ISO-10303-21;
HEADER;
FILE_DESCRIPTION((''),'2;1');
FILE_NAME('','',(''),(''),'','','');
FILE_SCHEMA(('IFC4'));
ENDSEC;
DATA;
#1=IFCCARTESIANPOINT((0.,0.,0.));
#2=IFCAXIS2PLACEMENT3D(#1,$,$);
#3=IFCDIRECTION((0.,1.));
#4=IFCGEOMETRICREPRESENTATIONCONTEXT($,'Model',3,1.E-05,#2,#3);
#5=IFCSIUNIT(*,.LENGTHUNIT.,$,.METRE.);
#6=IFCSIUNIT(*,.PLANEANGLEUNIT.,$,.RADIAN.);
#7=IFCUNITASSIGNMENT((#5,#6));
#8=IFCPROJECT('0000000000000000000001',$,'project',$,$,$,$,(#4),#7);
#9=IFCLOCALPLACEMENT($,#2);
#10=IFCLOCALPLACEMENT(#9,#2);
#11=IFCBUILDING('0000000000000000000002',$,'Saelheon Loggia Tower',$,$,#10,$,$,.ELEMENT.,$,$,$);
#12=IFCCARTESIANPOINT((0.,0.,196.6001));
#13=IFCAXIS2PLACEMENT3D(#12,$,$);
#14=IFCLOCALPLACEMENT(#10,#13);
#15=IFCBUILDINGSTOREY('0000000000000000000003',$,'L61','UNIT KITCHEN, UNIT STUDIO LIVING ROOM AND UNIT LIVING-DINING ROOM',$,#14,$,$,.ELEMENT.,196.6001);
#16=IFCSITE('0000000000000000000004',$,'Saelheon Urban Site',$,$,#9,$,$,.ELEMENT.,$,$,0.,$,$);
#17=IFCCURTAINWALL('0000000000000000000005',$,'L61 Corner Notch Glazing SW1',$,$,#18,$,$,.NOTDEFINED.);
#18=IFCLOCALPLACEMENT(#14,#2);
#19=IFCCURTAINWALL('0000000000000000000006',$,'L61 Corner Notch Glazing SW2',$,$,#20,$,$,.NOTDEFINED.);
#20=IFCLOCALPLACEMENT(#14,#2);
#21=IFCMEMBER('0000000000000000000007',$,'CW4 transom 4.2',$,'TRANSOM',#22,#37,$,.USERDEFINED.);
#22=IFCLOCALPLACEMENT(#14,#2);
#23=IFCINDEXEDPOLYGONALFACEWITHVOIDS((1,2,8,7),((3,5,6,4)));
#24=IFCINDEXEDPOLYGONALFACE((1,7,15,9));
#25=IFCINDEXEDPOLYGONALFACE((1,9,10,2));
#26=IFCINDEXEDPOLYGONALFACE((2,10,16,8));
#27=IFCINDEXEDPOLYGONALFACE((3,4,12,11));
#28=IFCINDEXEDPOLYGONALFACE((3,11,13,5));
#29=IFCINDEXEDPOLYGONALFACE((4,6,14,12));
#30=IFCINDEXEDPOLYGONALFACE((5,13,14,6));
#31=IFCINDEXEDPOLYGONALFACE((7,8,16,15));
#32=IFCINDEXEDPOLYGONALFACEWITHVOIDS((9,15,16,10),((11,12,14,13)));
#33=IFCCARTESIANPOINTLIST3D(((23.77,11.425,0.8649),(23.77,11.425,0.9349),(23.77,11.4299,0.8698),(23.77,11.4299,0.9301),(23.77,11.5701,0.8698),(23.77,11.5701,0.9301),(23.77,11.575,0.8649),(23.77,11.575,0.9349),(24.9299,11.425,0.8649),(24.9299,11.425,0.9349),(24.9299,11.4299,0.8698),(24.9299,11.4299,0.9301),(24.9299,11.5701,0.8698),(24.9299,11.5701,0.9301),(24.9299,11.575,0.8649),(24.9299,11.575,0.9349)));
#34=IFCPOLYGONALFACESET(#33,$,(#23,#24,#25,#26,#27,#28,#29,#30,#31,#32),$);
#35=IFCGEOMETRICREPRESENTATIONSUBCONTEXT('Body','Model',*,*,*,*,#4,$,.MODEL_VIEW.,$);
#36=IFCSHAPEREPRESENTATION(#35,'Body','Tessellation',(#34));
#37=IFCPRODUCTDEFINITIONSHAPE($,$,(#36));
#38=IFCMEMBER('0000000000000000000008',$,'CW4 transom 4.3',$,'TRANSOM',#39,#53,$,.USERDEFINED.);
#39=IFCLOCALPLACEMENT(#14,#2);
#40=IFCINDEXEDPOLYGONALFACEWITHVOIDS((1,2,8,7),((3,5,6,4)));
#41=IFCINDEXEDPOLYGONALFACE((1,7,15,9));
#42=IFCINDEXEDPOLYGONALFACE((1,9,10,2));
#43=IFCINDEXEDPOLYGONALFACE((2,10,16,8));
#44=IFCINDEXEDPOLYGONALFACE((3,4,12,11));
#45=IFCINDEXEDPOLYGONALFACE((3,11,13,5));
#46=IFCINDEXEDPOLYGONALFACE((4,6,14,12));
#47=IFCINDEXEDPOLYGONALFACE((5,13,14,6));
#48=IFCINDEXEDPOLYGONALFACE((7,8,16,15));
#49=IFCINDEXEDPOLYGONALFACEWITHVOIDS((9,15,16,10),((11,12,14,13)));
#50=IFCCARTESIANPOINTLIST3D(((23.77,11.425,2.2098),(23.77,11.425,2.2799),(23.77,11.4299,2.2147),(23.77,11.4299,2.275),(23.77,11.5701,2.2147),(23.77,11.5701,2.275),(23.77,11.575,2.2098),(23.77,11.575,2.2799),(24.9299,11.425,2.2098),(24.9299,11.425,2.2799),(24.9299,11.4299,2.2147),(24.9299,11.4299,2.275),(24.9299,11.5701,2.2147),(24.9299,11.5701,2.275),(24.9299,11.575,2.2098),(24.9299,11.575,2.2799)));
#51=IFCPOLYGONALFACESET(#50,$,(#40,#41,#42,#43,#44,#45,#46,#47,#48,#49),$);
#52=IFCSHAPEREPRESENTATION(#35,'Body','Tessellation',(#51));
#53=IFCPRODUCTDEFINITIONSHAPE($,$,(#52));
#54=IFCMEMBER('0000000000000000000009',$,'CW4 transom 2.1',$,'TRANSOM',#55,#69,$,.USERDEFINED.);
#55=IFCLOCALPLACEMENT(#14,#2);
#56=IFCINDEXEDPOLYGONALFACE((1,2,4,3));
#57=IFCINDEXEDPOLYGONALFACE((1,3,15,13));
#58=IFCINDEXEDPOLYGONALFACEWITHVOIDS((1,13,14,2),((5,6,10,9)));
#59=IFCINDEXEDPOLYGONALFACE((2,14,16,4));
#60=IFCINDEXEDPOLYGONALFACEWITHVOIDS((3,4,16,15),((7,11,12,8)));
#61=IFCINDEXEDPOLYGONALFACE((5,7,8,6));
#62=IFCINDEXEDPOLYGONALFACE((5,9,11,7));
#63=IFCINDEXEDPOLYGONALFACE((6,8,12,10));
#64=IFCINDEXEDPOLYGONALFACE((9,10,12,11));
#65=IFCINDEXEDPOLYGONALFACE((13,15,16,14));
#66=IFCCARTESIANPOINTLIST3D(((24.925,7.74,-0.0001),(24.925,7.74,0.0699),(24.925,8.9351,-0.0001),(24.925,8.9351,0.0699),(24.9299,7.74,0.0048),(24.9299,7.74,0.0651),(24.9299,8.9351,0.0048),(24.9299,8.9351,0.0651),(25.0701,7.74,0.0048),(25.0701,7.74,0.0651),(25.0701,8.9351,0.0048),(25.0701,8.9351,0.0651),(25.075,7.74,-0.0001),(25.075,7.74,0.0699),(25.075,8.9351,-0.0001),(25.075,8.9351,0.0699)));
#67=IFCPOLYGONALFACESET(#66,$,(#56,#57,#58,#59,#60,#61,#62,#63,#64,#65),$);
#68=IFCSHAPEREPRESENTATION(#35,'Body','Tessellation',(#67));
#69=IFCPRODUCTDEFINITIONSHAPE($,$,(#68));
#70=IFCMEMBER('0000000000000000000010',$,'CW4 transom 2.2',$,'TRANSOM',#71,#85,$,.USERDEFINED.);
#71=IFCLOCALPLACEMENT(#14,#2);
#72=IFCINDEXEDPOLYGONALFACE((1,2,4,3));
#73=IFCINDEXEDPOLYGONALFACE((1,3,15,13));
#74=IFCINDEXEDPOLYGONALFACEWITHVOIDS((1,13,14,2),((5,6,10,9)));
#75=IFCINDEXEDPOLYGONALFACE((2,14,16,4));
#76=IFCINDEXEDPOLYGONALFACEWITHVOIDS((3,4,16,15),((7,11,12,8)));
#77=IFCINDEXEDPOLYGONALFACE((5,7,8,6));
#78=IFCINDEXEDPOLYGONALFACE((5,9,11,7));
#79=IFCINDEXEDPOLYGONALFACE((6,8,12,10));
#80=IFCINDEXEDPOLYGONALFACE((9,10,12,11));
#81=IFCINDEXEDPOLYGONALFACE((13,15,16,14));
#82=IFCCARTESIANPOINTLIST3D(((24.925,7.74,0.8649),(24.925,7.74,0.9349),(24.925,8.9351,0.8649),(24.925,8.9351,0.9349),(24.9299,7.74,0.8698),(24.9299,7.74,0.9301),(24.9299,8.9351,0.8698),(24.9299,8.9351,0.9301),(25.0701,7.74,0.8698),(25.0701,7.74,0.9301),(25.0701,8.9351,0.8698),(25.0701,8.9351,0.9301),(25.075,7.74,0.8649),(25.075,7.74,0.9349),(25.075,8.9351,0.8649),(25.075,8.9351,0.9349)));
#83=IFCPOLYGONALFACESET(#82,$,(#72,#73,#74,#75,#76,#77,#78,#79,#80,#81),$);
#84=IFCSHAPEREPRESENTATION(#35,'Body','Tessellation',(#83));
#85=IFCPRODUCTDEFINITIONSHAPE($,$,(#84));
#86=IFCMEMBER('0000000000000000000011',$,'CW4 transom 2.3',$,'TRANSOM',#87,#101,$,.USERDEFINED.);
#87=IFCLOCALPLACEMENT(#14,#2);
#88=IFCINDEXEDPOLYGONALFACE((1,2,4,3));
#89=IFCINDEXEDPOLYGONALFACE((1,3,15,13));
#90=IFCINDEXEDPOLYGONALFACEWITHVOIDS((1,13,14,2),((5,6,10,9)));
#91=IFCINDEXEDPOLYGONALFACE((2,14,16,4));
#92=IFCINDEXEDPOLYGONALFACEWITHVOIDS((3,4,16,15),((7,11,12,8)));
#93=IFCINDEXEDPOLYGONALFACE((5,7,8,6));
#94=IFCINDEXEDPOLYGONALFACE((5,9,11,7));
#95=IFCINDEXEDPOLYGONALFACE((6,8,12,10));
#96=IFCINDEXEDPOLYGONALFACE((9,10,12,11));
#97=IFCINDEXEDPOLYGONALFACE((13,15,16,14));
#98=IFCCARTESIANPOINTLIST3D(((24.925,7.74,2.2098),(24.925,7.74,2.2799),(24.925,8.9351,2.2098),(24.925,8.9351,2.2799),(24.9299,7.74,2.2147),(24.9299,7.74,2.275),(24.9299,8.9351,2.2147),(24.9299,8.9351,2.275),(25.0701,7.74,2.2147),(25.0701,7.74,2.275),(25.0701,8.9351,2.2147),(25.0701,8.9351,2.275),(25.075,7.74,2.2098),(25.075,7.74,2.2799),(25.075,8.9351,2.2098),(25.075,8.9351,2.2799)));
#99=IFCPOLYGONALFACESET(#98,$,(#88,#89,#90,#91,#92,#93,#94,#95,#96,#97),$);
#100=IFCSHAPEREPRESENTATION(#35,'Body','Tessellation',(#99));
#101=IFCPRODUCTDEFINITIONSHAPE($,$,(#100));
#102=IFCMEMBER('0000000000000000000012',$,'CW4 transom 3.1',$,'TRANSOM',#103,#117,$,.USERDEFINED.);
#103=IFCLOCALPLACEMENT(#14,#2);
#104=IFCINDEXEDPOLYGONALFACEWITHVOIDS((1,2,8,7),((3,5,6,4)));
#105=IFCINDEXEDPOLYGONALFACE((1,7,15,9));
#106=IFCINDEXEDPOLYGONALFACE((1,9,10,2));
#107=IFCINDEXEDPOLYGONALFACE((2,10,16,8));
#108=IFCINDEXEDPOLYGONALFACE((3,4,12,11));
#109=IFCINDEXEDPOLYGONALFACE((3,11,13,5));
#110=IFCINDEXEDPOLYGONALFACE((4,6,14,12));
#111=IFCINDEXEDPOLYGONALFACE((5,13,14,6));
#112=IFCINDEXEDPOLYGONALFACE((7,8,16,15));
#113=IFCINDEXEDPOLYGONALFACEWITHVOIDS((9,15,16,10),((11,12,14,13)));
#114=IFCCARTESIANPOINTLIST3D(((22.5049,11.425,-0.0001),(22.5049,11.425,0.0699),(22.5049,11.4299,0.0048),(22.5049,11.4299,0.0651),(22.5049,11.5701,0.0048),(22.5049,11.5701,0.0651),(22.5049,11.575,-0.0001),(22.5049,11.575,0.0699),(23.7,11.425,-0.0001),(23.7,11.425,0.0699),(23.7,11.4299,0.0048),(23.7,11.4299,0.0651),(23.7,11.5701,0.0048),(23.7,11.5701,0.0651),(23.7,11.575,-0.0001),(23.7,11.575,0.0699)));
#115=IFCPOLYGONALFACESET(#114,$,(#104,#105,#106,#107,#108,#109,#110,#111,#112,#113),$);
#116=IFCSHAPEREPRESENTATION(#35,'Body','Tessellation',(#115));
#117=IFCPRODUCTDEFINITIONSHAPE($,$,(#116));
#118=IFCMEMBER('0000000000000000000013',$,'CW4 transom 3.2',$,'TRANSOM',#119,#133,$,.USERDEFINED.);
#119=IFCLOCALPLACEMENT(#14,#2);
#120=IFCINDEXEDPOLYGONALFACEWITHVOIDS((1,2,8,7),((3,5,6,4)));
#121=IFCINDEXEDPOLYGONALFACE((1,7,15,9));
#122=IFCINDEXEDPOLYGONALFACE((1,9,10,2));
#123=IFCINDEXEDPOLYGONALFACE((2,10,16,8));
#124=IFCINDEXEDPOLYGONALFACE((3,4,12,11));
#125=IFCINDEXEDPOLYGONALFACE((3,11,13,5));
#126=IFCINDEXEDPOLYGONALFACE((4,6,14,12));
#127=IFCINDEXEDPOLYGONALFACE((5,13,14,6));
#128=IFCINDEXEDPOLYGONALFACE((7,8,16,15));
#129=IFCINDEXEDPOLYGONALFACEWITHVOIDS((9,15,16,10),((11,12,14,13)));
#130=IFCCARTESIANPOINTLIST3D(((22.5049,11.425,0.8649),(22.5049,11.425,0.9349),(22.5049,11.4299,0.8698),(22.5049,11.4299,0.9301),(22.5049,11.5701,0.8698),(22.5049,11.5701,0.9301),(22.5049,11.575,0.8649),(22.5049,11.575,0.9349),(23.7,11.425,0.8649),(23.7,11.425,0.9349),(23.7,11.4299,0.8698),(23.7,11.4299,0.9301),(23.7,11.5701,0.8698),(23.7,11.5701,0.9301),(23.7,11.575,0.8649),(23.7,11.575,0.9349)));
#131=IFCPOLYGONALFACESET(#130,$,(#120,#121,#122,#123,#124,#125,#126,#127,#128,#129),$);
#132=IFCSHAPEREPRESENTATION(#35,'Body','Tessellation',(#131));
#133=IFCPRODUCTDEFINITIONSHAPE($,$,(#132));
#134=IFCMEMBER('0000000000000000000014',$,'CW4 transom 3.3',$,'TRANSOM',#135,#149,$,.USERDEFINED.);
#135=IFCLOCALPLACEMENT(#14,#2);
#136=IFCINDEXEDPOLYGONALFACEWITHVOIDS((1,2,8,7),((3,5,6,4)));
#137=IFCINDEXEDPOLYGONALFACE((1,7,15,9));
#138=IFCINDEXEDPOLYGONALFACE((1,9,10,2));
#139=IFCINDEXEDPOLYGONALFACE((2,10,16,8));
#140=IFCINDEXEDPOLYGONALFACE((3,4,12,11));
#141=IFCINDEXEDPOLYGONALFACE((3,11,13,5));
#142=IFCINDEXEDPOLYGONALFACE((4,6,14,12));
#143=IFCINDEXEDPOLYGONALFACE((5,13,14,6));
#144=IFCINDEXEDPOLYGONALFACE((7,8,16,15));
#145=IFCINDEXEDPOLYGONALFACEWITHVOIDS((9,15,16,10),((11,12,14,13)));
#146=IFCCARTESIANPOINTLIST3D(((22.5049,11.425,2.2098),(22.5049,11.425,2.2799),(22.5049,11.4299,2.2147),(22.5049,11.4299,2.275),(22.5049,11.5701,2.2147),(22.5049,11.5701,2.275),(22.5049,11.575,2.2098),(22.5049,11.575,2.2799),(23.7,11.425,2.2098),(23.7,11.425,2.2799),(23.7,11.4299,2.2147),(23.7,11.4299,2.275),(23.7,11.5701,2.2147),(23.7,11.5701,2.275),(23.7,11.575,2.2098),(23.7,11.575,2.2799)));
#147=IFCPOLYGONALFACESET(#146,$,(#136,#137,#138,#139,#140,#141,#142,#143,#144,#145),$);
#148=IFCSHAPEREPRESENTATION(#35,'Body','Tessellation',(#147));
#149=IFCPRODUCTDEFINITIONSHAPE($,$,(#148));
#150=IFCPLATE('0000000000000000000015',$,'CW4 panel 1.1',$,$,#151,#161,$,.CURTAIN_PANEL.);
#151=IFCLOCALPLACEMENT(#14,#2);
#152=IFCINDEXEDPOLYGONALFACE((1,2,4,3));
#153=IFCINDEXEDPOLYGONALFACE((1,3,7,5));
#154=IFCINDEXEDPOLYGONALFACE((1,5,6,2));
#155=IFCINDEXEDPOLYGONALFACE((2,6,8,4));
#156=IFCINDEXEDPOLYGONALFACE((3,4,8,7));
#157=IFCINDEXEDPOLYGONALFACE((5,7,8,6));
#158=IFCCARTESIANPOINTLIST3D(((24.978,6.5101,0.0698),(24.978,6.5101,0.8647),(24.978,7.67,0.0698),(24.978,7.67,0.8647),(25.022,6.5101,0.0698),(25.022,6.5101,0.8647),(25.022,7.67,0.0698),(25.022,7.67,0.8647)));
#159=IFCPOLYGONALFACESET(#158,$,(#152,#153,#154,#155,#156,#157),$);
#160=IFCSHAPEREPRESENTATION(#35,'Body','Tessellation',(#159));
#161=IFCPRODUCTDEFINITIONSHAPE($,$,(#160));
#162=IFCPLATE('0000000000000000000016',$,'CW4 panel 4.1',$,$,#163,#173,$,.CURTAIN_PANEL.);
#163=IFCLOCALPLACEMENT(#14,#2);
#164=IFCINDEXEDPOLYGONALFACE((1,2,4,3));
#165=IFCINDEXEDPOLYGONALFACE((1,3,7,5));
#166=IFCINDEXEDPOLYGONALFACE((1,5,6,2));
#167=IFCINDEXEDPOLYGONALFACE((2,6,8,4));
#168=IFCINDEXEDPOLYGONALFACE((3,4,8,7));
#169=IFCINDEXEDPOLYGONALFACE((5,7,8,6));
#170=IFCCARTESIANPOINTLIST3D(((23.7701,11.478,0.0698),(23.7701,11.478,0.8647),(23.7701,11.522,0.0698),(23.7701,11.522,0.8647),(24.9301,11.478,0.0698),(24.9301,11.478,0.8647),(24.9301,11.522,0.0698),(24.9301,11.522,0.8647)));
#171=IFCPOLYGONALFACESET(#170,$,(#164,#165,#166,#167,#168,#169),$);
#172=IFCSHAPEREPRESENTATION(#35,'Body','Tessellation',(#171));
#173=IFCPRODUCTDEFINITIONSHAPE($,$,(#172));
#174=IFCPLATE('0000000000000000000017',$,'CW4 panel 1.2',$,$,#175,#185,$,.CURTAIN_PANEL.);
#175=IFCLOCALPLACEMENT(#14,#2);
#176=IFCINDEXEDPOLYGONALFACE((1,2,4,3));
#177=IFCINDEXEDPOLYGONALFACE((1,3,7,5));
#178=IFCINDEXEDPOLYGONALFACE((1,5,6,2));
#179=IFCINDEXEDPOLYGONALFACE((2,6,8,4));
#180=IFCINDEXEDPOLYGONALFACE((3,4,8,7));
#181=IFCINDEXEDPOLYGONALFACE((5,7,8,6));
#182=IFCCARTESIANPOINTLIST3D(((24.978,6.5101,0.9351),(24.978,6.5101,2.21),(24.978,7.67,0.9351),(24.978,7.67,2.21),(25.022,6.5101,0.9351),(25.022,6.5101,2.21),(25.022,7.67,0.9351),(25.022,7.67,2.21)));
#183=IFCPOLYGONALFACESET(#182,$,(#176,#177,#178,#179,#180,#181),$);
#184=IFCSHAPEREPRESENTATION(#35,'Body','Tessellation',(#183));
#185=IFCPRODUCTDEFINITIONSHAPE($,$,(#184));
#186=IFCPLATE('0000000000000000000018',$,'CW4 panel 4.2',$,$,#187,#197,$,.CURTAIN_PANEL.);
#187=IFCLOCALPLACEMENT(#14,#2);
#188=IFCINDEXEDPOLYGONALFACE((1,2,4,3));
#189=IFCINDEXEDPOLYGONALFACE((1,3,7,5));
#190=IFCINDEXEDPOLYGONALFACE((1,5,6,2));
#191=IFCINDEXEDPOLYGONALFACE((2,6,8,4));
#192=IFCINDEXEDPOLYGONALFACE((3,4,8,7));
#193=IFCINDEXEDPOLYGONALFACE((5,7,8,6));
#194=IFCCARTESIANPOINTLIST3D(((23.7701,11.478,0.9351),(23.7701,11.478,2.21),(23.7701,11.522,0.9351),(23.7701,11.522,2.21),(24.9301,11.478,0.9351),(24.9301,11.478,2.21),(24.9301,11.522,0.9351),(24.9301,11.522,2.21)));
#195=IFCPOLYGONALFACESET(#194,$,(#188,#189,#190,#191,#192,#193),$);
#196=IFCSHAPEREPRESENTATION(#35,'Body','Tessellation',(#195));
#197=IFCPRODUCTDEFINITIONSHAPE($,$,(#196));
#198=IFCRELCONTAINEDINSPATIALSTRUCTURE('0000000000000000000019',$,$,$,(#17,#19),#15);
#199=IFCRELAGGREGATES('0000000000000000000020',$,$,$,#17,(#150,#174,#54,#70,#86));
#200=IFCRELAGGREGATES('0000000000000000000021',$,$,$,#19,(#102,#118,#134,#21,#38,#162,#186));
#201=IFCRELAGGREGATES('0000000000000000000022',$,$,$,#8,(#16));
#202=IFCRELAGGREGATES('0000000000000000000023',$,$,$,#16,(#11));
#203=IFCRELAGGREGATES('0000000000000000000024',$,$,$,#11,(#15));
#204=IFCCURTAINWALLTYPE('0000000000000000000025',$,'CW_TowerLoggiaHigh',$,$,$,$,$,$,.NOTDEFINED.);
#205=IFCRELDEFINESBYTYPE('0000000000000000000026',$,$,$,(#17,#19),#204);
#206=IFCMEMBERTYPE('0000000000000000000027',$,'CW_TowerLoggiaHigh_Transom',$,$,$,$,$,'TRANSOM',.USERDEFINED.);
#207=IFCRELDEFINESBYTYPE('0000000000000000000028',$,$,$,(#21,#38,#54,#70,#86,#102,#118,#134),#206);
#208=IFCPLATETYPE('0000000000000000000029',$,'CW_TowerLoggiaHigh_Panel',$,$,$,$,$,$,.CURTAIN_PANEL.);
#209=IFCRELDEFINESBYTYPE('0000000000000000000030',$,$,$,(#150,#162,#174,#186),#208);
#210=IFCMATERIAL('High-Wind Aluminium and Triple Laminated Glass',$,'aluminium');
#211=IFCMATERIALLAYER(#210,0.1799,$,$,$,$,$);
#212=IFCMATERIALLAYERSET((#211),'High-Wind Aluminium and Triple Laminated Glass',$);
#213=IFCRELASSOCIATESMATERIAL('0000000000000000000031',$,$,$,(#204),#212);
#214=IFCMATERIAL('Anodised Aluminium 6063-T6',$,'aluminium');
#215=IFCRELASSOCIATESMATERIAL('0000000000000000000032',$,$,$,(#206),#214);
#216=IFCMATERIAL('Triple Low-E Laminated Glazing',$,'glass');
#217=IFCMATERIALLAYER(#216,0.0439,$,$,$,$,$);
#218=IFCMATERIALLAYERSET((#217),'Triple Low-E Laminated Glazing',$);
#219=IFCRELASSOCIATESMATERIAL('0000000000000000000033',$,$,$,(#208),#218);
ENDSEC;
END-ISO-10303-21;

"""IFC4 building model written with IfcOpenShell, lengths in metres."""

from ifc_helpers import new_model, si_unit, direction, frame, origin, origin_2d, place, context, subcontext, project, spatial, rectangle, hollow_rectangle, extrude, source, transform, mapped, material, layer, layer_set, material_profile, profile_set, type_object, element, aggregate, save


model = new_model("IFC4")

# Units and contexts
model_context = context("Model", 3, precision=1e-05, world=origin(), true_north=direction((0.0, 1.0)))
body_context = subcontext(model_context, "Body", "Model", "MODEL_VIEW")
ifc_project = project(units=[si_unit("LENGTHUNIT", "METRE"), si_unit("PLANEANGLEUNIT", "RADIAN")], contexts=[model_context])

# Site, building, storey
site_placement = place(None, origin())
site = spatial("IfcSite", under=ifc_project, at=site_placement, Name="Saelheon Urban Site", CompositionType="ELEMENT", RefElevation=0.0)
building_placement = place(site_placement, origin())
building = spatial("IfcBuilding", under=site, at=building_placement, Name="Saelheon Loggia Tower", CompositionType="ELEMENT")
storey_placement = place(building_placement, frame((0.0, 0.0, 196.6001)))
storey = spatial("IfcBuildingStorey", under=building, at=storey_placement, Name="L61", Description="UNIT KITCHEN, UNIT STUDIO LIVING ROOM AND UNIT LIVING-DINING ROOM", CompositionType="ELEMENT", Elevation=196.6001)

# Curtain walls
ifc_material_1 = material(Name="High-Wind Aluminium and Triple Laminated Glass", Category="aluminium")
ifc_layer_1 = layer(ifc_material_1, 0.1799)
ifc_layer_set_1 = layer_set([ifc_layer_1], Name="High-Wind Aluminium and Triple Laminated Glass")
curtain_wall_type = type_object("IfcCurtainWallType", Name="CW_TowerLoggiaHigh", PredefinedType="NOTDEFINED", material=ifc_layer_set_1)
curtain_wall_1_placement = place(storey_placement, origin())
curtain_wall_1 = element("IfcCurtainWall", 1, at=curtain_wall_1_placement, inside=storey, type_object=curtain_wall_type, Name="L61 Corner Notch Glazing SW1", PredefinedType="NOTDEFINED")
ifc_material_2 = material(Name="Anodised Aluminium 6063-T6", Category="aluminium")
curtain_wall_2_placement = place(storey_placement, origin())
curtain_wall_2 = element("IfcCurtainWall", 2, at=curtain_wall_2_placement, inside=storey, type_object=curtain_wall_type, Name="L61 Corner Notch Glazing SW2", PredefinedType="NOTDEFINED")

# Members
ifc_material_profile_1 = material_profile(ifc_material_2, hollow_rectangle(XDim=0.0701, YDim=0.1499, WallThickness=0.0049, at=origin_2d()), Name="RHS-150x70x5")
ifc_profile_set_1 = profile_set([ifc_material_profile_1], Name="Anodised Aluminium 6063-T6")
member_type_1 = type_object("IfcMemberType", Name="CW_TowerLoggiaHigh_Transom", ElementType="TRANSOM", PredefinedType="USERDEFINED", material=ifc_profile_set_1)
shared_shape_1 = source(origin(), body_context, "Body", "SweptSolid", [
    extrude(hollow_rectangle(XDim=0.0701, YDim=0.1499, WallThickness=0.0049, at=origin_2d()), origin(), (0.0, 0.0, 1.0), 1.1599),
])
member_1_placement = place(storey_placement, frame((23.77, 11.5, 0.8999), z_axis=(1.0, 0.0, 0.0), x_axis=(0.0, 0.0, 1.0)))
member_1 = element("IfcMember", 3, at=member_1_placement, type_object=member_type_1, Name="CW4 transom 4.2", ObjectType="TRANSOM", PredefinedType="USERDEFINED", context=body_context, shape_type="MappedRepresentation", body=[
    mapped(shared_shape_1, transform((0.0, 0.0, 0.0), scale=1.0)),
])
member_2_placement = place(storey_placement, frame((23.77, 11.5, 2.2449), z_axis=(1.0, 0.0, 0.0), x_axis=(0.0, 0.0, 1.0)))
member_2 = element("IfcMember", 4, at=member_2_placement, type_object=member_type_1, Name="CW4 transom 4.3", ObjectType="TRANSOM", PredefinedType="USERDEFINED", context=body_context, shape_type="MappedRepresentation", body=[
    mapped(shared_shape_1, transform((0.0, 0.0, 0.0), scale=1.0)),
])
shared_shape_2 = source(origin(), body_context, "Body", "SweptSolid", [
    extrude(hollow_rectangle(XDim=0.0701, YDim=0.1499, WallThickness=0.0049, at=origin_2d()), origin(), (0.0, 0.0, 1.0), 1.1951),
])
member_3_placement = place(storey_placement, frame((25.0, 7.74, 0.0349), z_axis=(0.0, 1.0, 0.0), x_axis=(0.0, 0.0, 1.0)))
member_3 = element("IfcMember", 5, at=member_3_placement, type_object=member_type_1, Name="CW4 transom 2.1", ObjectType="TRANSOM", PredefinedType="USERDEFINED", context=body_context, shape_type="MappedRepresentation", body=[
    mapped(shared_shape_2, transform((0.0, 0.0, 0.0), scale=1.0)),
])
member_4_placement = place(storey_placement, frame((25.0, 7.74, 0.8999), z_axis=(0.0, 1.0, 0.0), x_axis=(0.0, 0.0, 1.0)))
member_4 = element("IfcMember", 6, at=member_4_placement, type_object=member_type_1, Name="CW4 transom 2.2", ObjectType="TRANSOM", PredefinedType="USERDEFINED", context=body_context, shape_type="MappedRepresentation", body=[
    mapped(shared_shape_2, transform((0.0, 0.0, 0.0), scale=1.0)),
])
member_5_placement = place(storey_placement, frame((25.0, 7.74, 2.2449), z_axis=(0.0, 1.0, 0.0), x_axis=(0.0, 0.0, 1.0)))
member_5 = element("IfcMember", 7, at=member_5_placement, type_object=member_type_1, Name="CW4 transom 2.3", ObjectType="TRANSOM", PredefinedType="USERDEFINED", context=body_context, shape_type="MappedRepresentation", body=[
    mapped(shared_shape_2, transform((0.0, 0.0, 0.0), scale=1.0)),
])
member_6_placement = place(storey_placement, frame((22.5049, 11.5, 0.0349), z_axis=(1.0, 0.0, 0.0), x_axis=(0.0, 0.0, 1.0)))
member_6 = element("IfcMember", 8, at=member_6_placement, type_object=member_type_1, Name="CW4 transom 3.1", ObjectType="TRANSOM", PredefinedType="USERDEFINED", context=body_context, shape_type="MappedRepresentation", body=[
    mapped(shared_shape_2, transform((0.0, 0.0, 0.0), scale=1.0)),
])
member_7_placement = place(storey_placement, frame((22.5049, 11.5, 0.8999), z_axis=(1.0, 0.0, 0.0), x_axis=(0.0, 0.0, 1.0)))
member_7 = element("IfcMember", 9, at=member_7_placement, type_object=member_type_1, Name="CW4 transom 3.2", ObjectType="TRANSOM", PredefinedType="USERDEFINED", context=body_context, shape_type="MappedRepresentation", body=[
    mapped(shared_shape_2, transform((0.0, 0.0, 0.0), scale=1.0)),
])
member_8_placement = place(storey_placement, frame((22.5049, 11.5, 2.2449), z_axis=(1.0, 0.0, 0.0), x_axis=(0.0, 0.0, 1.0)))
member_8 = element("IfcMember", 10, at=member_8_placement, type_object=member_type_1, Name="CW4 transom 3.3", ObjectType="TRANSOM", PredefinedType="USERDEFINED", context=body_context, shape_type="MappedRepresentation", body=[
    mapped(shared_shape_2, transform((0.0, 0.0, 0.0), scale=1.0)),
])

# Plates
ifc_material_3 = material(Name="Triple Low-E Laminated Glazing", Category="glass")
ifc_layer_2 = layer(ifc_material_3, 0.0439)
ifc_layer_set_2 = layer_set([ifc_layer_2], Name="Triple Low-E Laminated Glazing")
plate_type = type_object("IfcPlateType", Name="CW_TowerLoggiaHigh_Panel", PredefinedType="CURTAIN_PANEL", material=ifc_layer_set_2)
shared_shape_3 = source(origin(), body_context, "Body", "SweptSolid", [
    extrude(rectangle(XDim=1.1599, YDim=0.0439, at=origin_2d()), origin(), (0.0, 0.0, 1.0), 0.7949),
])
plate_1_placement = place(storey_placement, frame((25.0, 7.0901, 0.0698), z_axis=(0.0, 0.0, 1.0), x_axis=(0.0, 1.0, 0.0)))
plate_1 = element("IfcPlate", 11, at=plate_1_placement, type_object=plate_type, Name="CW4 panel 1.1", PredefinedType="CURTAIN_PANEL", context=body_context, shape_type="MappedRepresentation", body=[
    mapped(shared_shape_3, transform((0.0, 0.0, 0.0), scale=1.0)),
])
plate_2_placement = place(storey_placement, frame((24.3501, 11.5, 0.0698), z_axis=(0.0, 0.0, 1.0), x_axis=(1.0, 0.0, 0.0)))
plate_2 = element("IfcPlate", 12, at=plate_2_placement, type_object=plate_type, Name="CW4 panel 4.1", PredefinedType="CURTAIN_PANEL", context=body_context, shape_type="MappedRepresentation", body=[
    mapped(shared_shape_3, transform((0.0, 0.0, 0.0), scale=1.0)),
])
shared_shape_4 = source(origin(), body_context, "Body", "SweptSolid", [
    extrude(rectangle(XDim=1.1599, YDim=0.0439, at=origin_2d()), origin(), (0.0, 0.0, 1.0), 1.2749),
])
plate_3_placement = place(storey_placement, frame((25.0, 7.0901, 0.9351), z_axis=(0.0, 0.0, 1.0), x_axis=(0.0, 1.0, 0.0)))
plate_3 = element("IfcPlate", 13, at=plate_3_placement, type_object=plate_type, Name="CW4 panel 1.2", PredefinedType="CURTAIN_PANEL", context=body_context, shape_type="MappedRepresentation", body=[
    mapped(shared_shape_4, transform((0.0, 0.0, 0.0), scale=1.0)),
])
aggregate(curtain_wall_1, [plate_1, plate_3, member_3, member_4, member_5])
plate_4_placement = place(storey_placement, frame((24.3501, 11.5, 0.9351), z_axis=(0.0, 0.0, 1.0), x_axis=(1.0, 0.0, 0.0)))
plate_4 = element("IfcPlate", 14, at=plate_4_placement, type_object=plate_type, Name="CW4 panel 4.2", PredefinedType="CURTAIN_PANEL", context=body_context, shape_type="MappedRepresentation", body=[
    mapped(shared_shape_4, transform((0.0, 0.0, 0.0), scale=1.0)),
])
aggregate(curtain_wall_2, [member_6, member_7, member_8, member_1, member_2, plate_2, plate_4])

save(model, "model.ifc")
